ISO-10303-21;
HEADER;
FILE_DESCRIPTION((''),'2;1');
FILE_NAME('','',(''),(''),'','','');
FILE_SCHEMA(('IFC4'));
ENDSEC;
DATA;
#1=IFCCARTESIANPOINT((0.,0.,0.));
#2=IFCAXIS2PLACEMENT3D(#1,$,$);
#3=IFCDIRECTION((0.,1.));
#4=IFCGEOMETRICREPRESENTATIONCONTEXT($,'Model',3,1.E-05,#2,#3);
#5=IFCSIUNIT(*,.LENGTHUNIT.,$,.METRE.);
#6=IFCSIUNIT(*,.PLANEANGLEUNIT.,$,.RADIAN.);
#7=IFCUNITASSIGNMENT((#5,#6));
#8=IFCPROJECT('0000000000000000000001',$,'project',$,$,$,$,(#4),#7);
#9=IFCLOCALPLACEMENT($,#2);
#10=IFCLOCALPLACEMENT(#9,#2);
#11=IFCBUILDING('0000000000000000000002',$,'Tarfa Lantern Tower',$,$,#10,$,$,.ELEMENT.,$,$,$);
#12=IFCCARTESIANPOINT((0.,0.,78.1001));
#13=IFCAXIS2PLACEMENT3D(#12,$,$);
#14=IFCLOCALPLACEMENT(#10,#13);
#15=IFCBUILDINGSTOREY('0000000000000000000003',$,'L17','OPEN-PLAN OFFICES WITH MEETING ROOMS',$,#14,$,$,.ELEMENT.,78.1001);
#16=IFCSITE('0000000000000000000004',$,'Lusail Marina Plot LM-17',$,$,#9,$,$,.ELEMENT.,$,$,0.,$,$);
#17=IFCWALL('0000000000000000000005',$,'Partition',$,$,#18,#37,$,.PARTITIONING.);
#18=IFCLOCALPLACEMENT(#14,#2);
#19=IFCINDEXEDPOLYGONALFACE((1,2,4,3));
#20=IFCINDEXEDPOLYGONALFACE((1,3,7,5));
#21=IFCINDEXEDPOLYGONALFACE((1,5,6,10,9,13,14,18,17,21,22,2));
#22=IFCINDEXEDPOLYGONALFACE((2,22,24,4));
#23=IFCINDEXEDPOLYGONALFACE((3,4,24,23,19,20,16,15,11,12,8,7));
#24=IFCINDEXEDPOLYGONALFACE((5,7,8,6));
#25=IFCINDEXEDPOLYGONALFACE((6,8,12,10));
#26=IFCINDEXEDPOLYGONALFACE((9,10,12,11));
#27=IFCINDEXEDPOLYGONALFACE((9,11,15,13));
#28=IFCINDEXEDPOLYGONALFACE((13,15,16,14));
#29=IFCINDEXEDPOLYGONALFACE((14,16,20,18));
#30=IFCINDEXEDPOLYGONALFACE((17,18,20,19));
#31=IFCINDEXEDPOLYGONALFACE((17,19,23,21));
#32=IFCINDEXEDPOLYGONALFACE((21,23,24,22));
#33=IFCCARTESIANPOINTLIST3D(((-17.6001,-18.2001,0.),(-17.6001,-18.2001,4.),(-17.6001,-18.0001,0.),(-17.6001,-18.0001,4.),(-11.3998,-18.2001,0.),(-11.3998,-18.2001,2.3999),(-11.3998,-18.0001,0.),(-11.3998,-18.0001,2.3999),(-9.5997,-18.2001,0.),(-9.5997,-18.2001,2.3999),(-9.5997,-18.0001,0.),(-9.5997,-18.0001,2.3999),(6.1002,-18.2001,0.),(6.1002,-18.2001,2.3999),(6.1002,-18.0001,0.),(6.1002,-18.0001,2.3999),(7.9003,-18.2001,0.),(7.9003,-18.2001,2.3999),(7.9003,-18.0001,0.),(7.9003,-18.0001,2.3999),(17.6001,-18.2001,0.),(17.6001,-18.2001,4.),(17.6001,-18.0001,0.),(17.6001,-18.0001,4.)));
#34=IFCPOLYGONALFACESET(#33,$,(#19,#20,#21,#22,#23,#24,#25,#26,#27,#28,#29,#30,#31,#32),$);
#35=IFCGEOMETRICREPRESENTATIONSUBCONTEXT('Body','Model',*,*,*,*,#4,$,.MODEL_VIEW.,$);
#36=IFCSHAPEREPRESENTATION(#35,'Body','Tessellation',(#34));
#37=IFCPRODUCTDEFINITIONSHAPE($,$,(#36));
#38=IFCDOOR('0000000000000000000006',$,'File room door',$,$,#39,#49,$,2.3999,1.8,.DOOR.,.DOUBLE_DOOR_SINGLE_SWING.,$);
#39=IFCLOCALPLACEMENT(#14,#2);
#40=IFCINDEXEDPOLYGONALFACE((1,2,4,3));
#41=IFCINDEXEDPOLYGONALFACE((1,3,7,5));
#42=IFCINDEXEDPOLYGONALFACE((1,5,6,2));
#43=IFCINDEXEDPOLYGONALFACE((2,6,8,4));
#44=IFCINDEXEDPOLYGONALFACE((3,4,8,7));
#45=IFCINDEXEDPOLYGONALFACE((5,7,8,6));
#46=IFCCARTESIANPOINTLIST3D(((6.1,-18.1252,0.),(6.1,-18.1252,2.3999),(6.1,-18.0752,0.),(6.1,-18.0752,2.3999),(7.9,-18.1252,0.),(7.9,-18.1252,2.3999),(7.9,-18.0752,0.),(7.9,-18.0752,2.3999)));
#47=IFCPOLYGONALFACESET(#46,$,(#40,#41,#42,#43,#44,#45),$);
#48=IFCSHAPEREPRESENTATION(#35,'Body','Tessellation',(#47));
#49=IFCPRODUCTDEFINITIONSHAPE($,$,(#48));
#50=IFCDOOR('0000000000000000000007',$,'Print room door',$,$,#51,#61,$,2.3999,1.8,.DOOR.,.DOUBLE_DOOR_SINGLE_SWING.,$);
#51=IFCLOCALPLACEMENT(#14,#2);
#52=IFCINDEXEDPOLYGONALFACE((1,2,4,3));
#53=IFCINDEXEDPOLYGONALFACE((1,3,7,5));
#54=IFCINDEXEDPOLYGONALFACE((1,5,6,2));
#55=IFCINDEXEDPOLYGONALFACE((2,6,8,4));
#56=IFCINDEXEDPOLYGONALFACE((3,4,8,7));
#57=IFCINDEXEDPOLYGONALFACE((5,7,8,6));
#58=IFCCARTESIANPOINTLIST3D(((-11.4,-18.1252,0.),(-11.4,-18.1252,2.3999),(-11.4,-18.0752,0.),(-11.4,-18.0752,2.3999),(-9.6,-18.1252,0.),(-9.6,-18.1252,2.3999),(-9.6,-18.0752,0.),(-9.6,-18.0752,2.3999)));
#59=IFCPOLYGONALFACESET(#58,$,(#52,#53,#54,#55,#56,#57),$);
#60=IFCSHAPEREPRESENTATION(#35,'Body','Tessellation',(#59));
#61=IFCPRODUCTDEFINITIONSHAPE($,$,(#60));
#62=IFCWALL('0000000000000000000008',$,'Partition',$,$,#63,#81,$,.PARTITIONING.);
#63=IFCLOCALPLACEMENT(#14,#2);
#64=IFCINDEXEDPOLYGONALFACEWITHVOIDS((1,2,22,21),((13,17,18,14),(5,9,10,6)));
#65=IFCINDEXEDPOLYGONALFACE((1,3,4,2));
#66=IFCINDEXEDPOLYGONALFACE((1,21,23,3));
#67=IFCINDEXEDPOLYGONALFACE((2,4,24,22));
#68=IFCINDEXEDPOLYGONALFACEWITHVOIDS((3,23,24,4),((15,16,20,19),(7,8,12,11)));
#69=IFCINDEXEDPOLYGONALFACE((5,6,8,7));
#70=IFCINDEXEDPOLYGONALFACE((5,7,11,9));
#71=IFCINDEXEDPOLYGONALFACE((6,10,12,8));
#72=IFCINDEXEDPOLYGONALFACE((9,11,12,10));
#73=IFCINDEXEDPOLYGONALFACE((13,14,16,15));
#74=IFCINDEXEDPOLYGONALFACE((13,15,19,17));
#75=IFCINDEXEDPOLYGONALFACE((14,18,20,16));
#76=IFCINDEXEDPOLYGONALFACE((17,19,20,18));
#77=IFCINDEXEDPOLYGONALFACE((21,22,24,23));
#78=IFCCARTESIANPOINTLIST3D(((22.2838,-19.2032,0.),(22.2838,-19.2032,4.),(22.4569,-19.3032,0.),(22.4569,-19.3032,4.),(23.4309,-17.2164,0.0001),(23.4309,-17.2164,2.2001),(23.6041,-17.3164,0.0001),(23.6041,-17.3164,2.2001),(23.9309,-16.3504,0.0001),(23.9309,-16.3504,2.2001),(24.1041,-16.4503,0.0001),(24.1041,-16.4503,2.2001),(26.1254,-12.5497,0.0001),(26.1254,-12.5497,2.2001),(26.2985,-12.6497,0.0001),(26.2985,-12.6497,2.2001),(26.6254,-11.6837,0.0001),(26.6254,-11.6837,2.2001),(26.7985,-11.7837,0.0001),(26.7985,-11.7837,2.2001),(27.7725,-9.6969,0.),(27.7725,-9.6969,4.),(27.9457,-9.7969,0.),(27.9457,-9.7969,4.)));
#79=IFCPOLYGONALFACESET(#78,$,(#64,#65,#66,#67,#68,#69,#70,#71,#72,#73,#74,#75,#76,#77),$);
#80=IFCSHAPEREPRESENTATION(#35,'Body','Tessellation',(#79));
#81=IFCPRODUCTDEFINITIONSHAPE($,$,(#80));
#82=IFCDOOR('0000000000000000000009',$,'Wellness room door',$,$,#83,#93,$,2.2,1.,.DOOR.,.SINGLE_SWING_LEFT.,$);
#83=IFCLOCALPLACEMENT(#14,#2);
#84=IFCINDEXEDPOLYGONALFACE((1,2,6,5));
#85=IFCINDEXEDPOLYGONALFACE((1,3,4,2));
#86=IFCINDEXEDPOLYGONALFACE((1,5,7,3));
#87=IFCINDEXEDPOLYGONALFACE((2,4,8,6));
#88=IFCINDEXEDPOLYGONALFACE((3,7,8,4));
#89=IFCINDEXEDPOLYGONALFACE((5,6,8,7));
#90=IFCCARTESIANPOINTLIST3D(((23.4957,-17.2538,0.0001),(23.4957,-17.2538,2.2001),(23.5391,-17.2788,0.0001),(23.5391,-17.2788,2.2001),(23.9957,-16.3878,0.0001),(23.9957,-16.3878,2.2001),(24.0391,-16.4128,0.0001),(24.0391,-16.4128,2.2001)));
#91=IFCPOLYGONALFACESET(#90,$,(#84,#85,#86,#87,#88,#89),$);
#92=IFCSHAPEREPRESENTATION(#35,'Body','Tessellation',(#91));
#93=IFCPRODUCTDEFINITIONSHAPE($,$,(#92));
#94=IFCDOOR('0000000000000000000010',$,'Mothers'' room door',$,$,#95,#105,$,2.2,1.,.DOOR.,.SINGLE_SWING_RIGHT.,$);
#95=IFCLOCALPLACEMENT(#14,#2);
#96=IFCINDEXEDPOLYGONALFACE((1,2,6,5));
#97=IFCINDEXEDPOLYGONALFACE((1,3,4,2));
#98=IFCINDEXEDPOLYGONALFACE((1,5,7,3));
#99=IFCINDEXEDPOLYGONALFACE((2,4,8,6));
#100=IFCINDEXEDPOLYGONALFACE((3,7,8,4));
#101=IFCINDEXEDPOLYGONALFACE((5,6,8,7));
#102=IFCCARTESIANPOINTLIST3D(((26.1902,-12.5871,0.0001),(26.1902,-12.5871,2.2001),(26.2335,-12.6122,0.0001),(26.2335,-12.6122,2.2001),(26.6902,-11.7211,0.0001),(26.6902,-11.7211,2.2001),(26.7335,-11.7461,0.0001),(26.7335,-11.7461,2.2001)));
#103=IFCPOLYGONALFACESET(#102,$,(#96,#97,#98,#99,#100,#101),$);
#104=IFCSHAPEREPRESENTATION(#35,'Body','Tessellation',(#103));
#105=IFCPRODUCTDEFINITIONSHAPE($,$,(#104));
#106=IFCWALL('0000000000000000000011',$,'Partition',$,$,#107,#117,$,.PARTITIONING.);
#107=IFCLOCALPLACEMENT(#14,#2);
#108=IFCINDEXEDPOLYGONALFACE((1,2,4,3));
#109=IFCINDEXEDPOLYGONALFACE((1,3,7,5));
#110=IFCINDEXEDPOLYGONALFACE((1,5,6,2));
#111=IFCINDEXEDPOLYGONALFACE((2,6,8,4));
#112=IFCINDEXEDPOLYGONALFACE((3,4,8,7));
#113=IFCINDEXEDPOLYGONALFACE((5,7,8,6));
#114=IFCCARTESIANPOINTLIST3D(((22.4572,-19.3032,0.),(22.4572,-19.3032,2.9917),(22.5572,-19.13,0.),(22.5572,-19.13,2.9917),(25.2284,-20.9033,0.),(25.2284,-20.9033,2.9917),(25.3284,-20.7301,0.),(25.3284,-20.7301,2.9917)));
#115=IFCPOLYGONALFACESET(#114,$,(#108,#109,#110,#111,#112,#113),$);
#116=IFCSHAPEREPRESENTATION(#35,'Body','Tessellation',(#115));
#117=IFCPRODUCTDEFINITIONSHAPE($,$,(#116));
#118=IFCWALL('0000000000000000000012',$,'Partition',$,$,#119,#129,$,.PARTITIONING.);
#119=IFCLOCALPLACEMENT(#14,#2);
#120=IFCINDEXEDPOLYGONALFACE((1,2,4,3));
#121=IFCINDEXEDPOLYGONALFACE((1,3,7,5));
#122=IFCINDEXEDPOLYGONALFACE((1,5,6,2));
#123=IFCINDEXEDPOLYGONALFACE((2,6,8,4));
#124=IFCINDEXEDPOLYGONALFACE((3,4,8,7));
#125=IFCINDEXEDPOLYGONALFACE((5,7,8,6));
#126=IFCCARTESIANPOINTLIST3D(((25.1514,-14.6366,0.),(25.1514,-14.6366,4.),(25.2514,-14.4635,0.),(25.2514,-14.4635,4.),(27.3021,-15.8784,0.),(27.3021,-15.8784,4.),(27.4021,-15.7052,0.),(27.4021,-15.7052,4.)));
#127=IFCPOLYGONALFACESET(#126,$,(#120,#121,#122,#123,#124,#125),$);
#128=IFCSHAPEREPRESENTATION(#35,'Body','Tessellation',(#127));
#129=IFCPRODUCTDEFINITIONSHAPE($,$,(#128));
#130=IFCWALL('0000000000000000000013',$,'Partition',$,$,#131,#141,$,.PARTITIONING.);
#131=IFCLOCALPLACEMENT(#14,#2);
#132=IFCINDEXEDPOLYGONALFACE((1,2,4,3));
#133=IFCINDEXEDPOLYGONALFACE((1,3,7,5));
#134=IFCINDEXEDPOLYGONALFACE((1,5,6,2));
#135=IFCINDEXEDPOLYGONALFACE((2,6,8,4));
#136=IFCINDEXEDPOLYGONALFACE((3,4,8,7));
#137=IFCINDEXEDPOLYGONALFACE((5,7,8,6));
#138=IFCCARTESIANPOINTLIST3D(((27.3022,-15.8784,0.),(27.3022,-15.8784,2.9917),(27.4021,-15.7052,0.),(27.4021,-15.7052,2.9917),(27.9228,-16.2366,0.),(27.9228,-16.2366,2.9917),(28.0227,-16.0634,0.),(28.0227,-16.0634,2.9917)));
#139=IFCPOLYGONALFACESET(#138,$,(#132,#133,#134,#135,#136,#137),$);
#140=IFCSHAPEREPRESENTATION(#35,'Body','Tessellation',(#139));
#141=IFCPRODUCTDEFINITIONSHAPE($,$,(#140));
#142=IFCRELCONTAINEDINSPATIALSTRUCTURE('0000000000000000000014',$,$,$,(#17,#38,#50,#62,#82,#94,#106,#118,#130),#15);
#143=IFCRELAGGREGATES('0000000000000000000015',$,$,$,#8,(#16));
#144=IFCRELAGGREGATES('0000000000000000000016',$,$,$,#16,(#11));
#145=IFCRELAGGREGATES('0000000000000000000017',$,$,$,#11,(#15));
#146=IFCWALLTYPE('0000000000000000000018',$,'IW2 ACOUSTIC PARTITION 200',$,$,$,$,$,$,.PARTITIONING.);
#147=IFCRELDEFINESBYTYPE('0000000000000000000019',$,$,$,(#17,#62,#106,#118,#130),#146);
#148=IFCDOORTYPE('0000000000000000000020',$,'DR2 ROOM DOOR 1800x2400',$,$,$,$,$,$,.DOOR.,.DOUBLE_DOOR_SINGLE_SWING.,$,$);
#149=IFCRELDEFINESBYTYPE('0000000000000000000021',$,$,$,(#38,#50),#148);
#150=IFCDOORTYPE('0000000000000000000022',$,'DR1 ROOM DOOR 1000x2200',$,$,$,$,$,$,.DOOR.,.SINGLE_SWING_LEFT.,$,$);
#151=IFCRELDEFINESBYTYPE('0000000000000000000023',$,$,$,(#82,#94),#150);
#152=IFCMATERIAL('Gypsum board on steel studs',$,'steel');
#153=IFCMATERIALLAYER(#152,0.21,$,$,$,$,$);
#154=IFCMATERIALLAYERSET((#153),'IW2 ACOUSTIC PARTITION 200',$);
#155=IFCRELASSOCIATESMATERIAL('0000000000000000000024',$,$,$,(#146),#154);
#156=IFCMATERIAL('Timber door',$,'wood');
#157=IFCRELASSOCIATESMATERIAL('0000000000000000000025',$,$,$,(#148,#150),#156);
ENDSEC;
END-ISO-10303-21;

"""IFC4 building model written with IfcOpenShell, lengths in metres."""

from ifc_helpers import new_model, si_unit, direction, frame, frame_2d, origin, place, context, subcontext, project, spatial, rectangle, extrude, material, layer, layer_set, type_object, element, fill, save


model = new_model("IFC4")

# Units and contexts
model_context = context("Model", 3, precision=1e-05, world=origin(), true_north=direction((0.0, 1.0)))
body_context = subcontext(model_context, "Body", "Model", "MODEL_VIEW")
ifc_project = project(units=[si_unit("LENGTHUNIT", "METRE"), si_unit("PLANEANGLEUNIT", "RADIAN")], contexts=[model_context])

# Site, building, storey
site_placement = place(None, origin())
site = spatial("IfcSite", under=ifc_project, at=site_placement, Name="Lusail Marina Plot LM-17", CompositionType="ELEMENT", RefElevation=0.0)
building_placement = place(site_placement, origin())
building = spatial("IfcBuilding", under=site, at=building_placement, Name="Tarfa Lantern Tower", CompositionType="ELEMENT")
storey_placement = place(building_placement, frame((0.0, 0.0, 78.1001)))
storey = spatial("IfcBuildingStorey", under=building, at=storey_placement, Name="L17", Description="OPEN-PLAN OFFICES WITH MEETING ROOMS", CompositionType="ELEMENT", Elevation=78.1001)

# Walls, openings, doors
ifc_material_1 = material(Name="Gypsum board on steel studs", Category="steel")
ifc_layer_1 = layer(ifc_material_1, 0.21)
ifc_layer_set_1 = layer_set([ifc_layer_1], Name="IW2 ACOUSTIC PARTITION 200")
wall_type = type_object("IfcWallType", Name="IW2 ACOUSTIC PARTITION 200", PredefinedType="PARTITIONING", material=ifc_layer_set_1)
wall_1_placement = place(storey_placement, frame((17.6001, -18.1001, 0.0), z_axis=(0.0, 0.0, 1.0), x_axis=(-1.0, 0.0, 0.0)))
wall_1 = element("IfcWall", 1, at=wall_1_placement, inside=storey, type_object=wall_type, Name="Partition", PredefinedType="PARTITIONING", context=body_context, shape_type="SweptSolid", body=[
    extrude(rectangle(XDim=35.2002, YDim=0.2, at=frame_2d((17.6001, 0.0))), origin(), (0.0, 0.0, 1.0), 4.0),
])
opening_1_placement = place(wall_1_placement, frame((9.7, 0.0, 0.0)))
opening_1 = element("IfcOpeningElement", 2, at=opening_1_placement, cuts=wall_1, PredefinedType="OPENING", context=body_context, shape_type="SweptSolid", body=[
    extrude(rectangle(XDim=1.8, YDim=2.3999, at=frame_2d((0.8999, 1.2))), frame((0.0, 0.1099, 0.0), z_axis=(0.0, -1.0, 0.0), x_axis=(1.0, 0.0, 0.0)), (0.0, 0.0, 1.0), 0.22),
])
opening_2_placement = place(wall_1_placement, frame((27.2, 0.0, 0.0)))
opening_2 = element("IfcOpeningElement", 3, at=opening_2_placement, cuts=wall_1, PredefinedType="OPENING", context=body_context, shape_type="SweptSolid", body=[
    extrude(rectangle(XDim=1.8, YDim=2.3999, at=frame_2d((0.8999, 1.2))), frame((0.0, 0.1099, 0.0), z_axis=(0.0, -1.0, 0.0), x_axis=(1.0, 0.0, 0.0)), (0.0, 0.0, 1.0), 0.22),
])
ifc_material_2 = material(Name="Timber door", Category="wood")
door_type_1 = type_object("IfcDoorType", Name="DR2 ROOM DOOR 1800x2400", OperationType="DOUBLE_DOOR_SINGLE_SWING", PredefinedType="DOOR", material=ifc_material_2)
door_1_placement = place(opening_1_placement, frame((1.8, 0.0, 0.0), z_axis=(0.0, 0.0, 1.0), x_axis=(-1.0, 0.0, 0.0)))
door_1 = element("IfcDoor", 4, at=door_1_placement, inside=storey, type_object=door_type_1, Name="File room door", OperationType="DOUBLE_DOOR_SINGLE_SWING", OverallHeight=2.3999, OverallWidth=1.8, PredefinedType="DOOR", context=body_context, shape_type="SweptSolid", body=[
    extrude(rectangle(XDim=1.8, YDim=2.3999, at=frame_2d((0.8999, 1.2))), frame((0.0, 0.0249, 0.0), z_axis=(0.0, -1.0, 0.0), x_axis=(1.0, 0.0, 0.0)), (0.0, 0.0, 1.0), 0.05),
])
fill(opening_1, door_1)
door_2_placement = place(opening_2_placement, frame((1.8, 0.0, 0.0), z_axis=(0.0, 0.0, 1.0), x_axis=(-1.0, 0.0, 0.0)))
door_2 = element("IfcDoor", 5, at=door_2_placement, inside=storey, type_object=door_type_1, Name="Print room door", OperationType="DOUBLE_DOOR_SINGLE_SWING", OverallHeight=2.3999, OverallWidth=1.8, PredefinedType="DOOR", context=body_context, shape_type="SweptSolid", body=[
    extrude(rectangle(XDim=1.8, YDim=2.3999, at=frame_2d((0.8999, 1.2))), frame((0.0, 0.0249, 0.0), z_axis=(0.0, -1.0, 0.0), x_axis=(1.0, 0.0, 0.0)), (0.0, 0.0, 1.0), 0.05),
])
fill(opening_2, door_2)
wall_2_placement = place(storey_placement, frame((22.3704, -19.2532, 0.0), z_axis=(0.0, 0.0, 1.0), x_axis=(0.500019, 0.866014, 0.0)))
wall_2 = element("IfcWall", 6, at=wall_2_placement, inside=storey, type_object=wall_type, Name="Partition", PredefinedType="PARTITIONING", context=body_context, shape_type="SweptSolid", body=[
    extrude(rectangle(XDim=10.9771, YDim=0.2, at=frame_2d((5.4885, 0.0))), origin(), (0.0, 0.0, 1.0), 4.0),
])
opening_3_placement = place(wall_2_placement, frame((2.2942, 0.0, 0.0)))
opening_3 = element("IfcOpeningElement", 7, at=opening_3_placement, cuts=wall_2, PredefinedType="OPENING", context=body_context, shape_type="SweptSolid", body=[
    extrude(rectangle(XDim=1.0, YDim=2.2, at=frame_2d((0.5, 1.1001))), frame((0.0, 0.1099, 0.0), z_axis=(0.0, -1.0, 0.0), x_axis=(1.0, 0.0, 0.0)), (0.0, 0.0, 1.0), 0.22),
])
opening_4_placement = place(wall_2_placement, frame((7.6829, 0.0, 0.0)))
opening_4 = element("IfcOpeningElement", 8, at=opening_4_placement, cuts=wall_2, PredefinedType="OPENING", context=body_context, shape_type="SweptSolid", body=[
    extrude(rectangle(XDim=1.0, YDim=2.2, at=frame_2d((0.5, 1.1001))), frame((0.0, 0.1099, 0.0), z_axis=(0.0, -1.0, 0.0), x_axis=(1.0, 0.0, 0.0)), (0.0, 0.0, 1.0), 0.22),
])
door_type_2 = type_object("IfcDoorType", Name="DR1 ROOM DOOR 1000x2200", OperationType="SINGLE_SWING_LEFT", PredefinedType="DOOR", material=ifc_material_2)
door_3_placement = place(opening_3_placement, frame((1.0, 0.0, 0.0), z_axis=(0.0, 0.0, 1.0), x_axis=(-1.0, 0.0, 0.0)))
door_3 = element("IfcDoor", 9, at=door_3_placement, inside=storey, type_object=door_type_2, Name="Wellness room door", OperationType="SINGLE_SWING_LEFT", OverallHeight=2.2, OverallWidth=1.0, PredefinedType="DOOR", context=body_context, shape_type="SweptSolid", body=[
    extrude(rectangle(XDim=1.0, YDim=2.2, at=frame_2d((0.5, 1.1001))), frame((0.0, 0.0249, 0.0), z_axis=(0.0, -1.0, 0.0), x_axis=(1.0, 0.0, 0.0)), (0.0, 0.0, 1.0), 0.05),
])
fill(opening_3, door_3)
door_4_placement = place(opening_4_placement, frame((1.0, 0.0, 0.0), z_axis=(0.0, 0.0, 1.0), x_axis=(-1.0, 0.0, 0.0)))
door_4 = element("IfcDoor", 10, at=door_4_placement, inside=storey, type_object=door_type_2, Name="Mothers' room door", OperationType="SINGLE_SWING_RIGHT", OverallHeight=2.2, OverallWidth=1.0, PredefinedType="DOOR", context=body_context, shape_type="SweptSolid", body=[
    extrude(rectangle(XDim=1.0, YDim=2.2, at=frame_2d((0.5, 1.1001))), frame((0.0, 0.0249, 0.0), z_axis=(0.0, -1.0, 0.0), x_axis=(1.0, 0.0, 0.0)), (0.0, 0.0, 1.0), 0.05),
])
fill(opening_4, door_4)

# Walls
wall_3_placement = place(storey_placement, frame((22.5071, -19.2166, 0.0), z_axis=(0.0, 0.0, 1.0), x_axis=(0.866009, -0.500028, 0.0)))
element("IfcWall", 11, at=wall_3_placement, inside=storey, type_object=wall_type, Name="Partition", PredefinedType="PARTITIONING", context=body_context, shape_type="SweptSolid", body=[
    extrude(rectangle(XDim=3.2, YDim=0.2, at=frame_2d((1.6001, 0.0))), origin(), (0.0, 0.0, 1.0), 2.9917),
])
wall_4_placement = place(storey_placement, frame((25.2014, -14.55, 0.0), z_axis=(0.0, 0.0, 1.0), x_axis=(0.86602, -0.500009, 0.0)))
element("IfcWall", 12, at=wall_4_placement, inside=storey, type_object=wall_type, Name="Partition", PredefinedType="PARTITIONING", context=body_context, shape_type="SweptSolid", body=[
    extrude(rectangle(XDim=2.4834, YDim=0.2, at=frame_2d((1.2417, 0.0))), origin(), (0.0, 0.0, 1.0), 4.0),
])
wall_5_placement = place(storey_placement, frame((27.3521, -15.7917, 0.0), z_axis=(0.0, 0.0, 1.0), x_axis=(0.866118, -0.49984, 0.0)))
element("IfcWall", 13, at=wall_5_placement, inside=storey, type_object=wall_type, Name="Partition", PredefinedType="PARTITIONING", context=body_context, shape_type="SweptSolid", body=[
    extrude(rectangle(XDim=0.7166, YDim=0.2, at=frame_2d((0.3584, 0.0))), origin(), (0.0, 0.0, 1.0), 2.9917),
])

save(model, "model.ifc")
